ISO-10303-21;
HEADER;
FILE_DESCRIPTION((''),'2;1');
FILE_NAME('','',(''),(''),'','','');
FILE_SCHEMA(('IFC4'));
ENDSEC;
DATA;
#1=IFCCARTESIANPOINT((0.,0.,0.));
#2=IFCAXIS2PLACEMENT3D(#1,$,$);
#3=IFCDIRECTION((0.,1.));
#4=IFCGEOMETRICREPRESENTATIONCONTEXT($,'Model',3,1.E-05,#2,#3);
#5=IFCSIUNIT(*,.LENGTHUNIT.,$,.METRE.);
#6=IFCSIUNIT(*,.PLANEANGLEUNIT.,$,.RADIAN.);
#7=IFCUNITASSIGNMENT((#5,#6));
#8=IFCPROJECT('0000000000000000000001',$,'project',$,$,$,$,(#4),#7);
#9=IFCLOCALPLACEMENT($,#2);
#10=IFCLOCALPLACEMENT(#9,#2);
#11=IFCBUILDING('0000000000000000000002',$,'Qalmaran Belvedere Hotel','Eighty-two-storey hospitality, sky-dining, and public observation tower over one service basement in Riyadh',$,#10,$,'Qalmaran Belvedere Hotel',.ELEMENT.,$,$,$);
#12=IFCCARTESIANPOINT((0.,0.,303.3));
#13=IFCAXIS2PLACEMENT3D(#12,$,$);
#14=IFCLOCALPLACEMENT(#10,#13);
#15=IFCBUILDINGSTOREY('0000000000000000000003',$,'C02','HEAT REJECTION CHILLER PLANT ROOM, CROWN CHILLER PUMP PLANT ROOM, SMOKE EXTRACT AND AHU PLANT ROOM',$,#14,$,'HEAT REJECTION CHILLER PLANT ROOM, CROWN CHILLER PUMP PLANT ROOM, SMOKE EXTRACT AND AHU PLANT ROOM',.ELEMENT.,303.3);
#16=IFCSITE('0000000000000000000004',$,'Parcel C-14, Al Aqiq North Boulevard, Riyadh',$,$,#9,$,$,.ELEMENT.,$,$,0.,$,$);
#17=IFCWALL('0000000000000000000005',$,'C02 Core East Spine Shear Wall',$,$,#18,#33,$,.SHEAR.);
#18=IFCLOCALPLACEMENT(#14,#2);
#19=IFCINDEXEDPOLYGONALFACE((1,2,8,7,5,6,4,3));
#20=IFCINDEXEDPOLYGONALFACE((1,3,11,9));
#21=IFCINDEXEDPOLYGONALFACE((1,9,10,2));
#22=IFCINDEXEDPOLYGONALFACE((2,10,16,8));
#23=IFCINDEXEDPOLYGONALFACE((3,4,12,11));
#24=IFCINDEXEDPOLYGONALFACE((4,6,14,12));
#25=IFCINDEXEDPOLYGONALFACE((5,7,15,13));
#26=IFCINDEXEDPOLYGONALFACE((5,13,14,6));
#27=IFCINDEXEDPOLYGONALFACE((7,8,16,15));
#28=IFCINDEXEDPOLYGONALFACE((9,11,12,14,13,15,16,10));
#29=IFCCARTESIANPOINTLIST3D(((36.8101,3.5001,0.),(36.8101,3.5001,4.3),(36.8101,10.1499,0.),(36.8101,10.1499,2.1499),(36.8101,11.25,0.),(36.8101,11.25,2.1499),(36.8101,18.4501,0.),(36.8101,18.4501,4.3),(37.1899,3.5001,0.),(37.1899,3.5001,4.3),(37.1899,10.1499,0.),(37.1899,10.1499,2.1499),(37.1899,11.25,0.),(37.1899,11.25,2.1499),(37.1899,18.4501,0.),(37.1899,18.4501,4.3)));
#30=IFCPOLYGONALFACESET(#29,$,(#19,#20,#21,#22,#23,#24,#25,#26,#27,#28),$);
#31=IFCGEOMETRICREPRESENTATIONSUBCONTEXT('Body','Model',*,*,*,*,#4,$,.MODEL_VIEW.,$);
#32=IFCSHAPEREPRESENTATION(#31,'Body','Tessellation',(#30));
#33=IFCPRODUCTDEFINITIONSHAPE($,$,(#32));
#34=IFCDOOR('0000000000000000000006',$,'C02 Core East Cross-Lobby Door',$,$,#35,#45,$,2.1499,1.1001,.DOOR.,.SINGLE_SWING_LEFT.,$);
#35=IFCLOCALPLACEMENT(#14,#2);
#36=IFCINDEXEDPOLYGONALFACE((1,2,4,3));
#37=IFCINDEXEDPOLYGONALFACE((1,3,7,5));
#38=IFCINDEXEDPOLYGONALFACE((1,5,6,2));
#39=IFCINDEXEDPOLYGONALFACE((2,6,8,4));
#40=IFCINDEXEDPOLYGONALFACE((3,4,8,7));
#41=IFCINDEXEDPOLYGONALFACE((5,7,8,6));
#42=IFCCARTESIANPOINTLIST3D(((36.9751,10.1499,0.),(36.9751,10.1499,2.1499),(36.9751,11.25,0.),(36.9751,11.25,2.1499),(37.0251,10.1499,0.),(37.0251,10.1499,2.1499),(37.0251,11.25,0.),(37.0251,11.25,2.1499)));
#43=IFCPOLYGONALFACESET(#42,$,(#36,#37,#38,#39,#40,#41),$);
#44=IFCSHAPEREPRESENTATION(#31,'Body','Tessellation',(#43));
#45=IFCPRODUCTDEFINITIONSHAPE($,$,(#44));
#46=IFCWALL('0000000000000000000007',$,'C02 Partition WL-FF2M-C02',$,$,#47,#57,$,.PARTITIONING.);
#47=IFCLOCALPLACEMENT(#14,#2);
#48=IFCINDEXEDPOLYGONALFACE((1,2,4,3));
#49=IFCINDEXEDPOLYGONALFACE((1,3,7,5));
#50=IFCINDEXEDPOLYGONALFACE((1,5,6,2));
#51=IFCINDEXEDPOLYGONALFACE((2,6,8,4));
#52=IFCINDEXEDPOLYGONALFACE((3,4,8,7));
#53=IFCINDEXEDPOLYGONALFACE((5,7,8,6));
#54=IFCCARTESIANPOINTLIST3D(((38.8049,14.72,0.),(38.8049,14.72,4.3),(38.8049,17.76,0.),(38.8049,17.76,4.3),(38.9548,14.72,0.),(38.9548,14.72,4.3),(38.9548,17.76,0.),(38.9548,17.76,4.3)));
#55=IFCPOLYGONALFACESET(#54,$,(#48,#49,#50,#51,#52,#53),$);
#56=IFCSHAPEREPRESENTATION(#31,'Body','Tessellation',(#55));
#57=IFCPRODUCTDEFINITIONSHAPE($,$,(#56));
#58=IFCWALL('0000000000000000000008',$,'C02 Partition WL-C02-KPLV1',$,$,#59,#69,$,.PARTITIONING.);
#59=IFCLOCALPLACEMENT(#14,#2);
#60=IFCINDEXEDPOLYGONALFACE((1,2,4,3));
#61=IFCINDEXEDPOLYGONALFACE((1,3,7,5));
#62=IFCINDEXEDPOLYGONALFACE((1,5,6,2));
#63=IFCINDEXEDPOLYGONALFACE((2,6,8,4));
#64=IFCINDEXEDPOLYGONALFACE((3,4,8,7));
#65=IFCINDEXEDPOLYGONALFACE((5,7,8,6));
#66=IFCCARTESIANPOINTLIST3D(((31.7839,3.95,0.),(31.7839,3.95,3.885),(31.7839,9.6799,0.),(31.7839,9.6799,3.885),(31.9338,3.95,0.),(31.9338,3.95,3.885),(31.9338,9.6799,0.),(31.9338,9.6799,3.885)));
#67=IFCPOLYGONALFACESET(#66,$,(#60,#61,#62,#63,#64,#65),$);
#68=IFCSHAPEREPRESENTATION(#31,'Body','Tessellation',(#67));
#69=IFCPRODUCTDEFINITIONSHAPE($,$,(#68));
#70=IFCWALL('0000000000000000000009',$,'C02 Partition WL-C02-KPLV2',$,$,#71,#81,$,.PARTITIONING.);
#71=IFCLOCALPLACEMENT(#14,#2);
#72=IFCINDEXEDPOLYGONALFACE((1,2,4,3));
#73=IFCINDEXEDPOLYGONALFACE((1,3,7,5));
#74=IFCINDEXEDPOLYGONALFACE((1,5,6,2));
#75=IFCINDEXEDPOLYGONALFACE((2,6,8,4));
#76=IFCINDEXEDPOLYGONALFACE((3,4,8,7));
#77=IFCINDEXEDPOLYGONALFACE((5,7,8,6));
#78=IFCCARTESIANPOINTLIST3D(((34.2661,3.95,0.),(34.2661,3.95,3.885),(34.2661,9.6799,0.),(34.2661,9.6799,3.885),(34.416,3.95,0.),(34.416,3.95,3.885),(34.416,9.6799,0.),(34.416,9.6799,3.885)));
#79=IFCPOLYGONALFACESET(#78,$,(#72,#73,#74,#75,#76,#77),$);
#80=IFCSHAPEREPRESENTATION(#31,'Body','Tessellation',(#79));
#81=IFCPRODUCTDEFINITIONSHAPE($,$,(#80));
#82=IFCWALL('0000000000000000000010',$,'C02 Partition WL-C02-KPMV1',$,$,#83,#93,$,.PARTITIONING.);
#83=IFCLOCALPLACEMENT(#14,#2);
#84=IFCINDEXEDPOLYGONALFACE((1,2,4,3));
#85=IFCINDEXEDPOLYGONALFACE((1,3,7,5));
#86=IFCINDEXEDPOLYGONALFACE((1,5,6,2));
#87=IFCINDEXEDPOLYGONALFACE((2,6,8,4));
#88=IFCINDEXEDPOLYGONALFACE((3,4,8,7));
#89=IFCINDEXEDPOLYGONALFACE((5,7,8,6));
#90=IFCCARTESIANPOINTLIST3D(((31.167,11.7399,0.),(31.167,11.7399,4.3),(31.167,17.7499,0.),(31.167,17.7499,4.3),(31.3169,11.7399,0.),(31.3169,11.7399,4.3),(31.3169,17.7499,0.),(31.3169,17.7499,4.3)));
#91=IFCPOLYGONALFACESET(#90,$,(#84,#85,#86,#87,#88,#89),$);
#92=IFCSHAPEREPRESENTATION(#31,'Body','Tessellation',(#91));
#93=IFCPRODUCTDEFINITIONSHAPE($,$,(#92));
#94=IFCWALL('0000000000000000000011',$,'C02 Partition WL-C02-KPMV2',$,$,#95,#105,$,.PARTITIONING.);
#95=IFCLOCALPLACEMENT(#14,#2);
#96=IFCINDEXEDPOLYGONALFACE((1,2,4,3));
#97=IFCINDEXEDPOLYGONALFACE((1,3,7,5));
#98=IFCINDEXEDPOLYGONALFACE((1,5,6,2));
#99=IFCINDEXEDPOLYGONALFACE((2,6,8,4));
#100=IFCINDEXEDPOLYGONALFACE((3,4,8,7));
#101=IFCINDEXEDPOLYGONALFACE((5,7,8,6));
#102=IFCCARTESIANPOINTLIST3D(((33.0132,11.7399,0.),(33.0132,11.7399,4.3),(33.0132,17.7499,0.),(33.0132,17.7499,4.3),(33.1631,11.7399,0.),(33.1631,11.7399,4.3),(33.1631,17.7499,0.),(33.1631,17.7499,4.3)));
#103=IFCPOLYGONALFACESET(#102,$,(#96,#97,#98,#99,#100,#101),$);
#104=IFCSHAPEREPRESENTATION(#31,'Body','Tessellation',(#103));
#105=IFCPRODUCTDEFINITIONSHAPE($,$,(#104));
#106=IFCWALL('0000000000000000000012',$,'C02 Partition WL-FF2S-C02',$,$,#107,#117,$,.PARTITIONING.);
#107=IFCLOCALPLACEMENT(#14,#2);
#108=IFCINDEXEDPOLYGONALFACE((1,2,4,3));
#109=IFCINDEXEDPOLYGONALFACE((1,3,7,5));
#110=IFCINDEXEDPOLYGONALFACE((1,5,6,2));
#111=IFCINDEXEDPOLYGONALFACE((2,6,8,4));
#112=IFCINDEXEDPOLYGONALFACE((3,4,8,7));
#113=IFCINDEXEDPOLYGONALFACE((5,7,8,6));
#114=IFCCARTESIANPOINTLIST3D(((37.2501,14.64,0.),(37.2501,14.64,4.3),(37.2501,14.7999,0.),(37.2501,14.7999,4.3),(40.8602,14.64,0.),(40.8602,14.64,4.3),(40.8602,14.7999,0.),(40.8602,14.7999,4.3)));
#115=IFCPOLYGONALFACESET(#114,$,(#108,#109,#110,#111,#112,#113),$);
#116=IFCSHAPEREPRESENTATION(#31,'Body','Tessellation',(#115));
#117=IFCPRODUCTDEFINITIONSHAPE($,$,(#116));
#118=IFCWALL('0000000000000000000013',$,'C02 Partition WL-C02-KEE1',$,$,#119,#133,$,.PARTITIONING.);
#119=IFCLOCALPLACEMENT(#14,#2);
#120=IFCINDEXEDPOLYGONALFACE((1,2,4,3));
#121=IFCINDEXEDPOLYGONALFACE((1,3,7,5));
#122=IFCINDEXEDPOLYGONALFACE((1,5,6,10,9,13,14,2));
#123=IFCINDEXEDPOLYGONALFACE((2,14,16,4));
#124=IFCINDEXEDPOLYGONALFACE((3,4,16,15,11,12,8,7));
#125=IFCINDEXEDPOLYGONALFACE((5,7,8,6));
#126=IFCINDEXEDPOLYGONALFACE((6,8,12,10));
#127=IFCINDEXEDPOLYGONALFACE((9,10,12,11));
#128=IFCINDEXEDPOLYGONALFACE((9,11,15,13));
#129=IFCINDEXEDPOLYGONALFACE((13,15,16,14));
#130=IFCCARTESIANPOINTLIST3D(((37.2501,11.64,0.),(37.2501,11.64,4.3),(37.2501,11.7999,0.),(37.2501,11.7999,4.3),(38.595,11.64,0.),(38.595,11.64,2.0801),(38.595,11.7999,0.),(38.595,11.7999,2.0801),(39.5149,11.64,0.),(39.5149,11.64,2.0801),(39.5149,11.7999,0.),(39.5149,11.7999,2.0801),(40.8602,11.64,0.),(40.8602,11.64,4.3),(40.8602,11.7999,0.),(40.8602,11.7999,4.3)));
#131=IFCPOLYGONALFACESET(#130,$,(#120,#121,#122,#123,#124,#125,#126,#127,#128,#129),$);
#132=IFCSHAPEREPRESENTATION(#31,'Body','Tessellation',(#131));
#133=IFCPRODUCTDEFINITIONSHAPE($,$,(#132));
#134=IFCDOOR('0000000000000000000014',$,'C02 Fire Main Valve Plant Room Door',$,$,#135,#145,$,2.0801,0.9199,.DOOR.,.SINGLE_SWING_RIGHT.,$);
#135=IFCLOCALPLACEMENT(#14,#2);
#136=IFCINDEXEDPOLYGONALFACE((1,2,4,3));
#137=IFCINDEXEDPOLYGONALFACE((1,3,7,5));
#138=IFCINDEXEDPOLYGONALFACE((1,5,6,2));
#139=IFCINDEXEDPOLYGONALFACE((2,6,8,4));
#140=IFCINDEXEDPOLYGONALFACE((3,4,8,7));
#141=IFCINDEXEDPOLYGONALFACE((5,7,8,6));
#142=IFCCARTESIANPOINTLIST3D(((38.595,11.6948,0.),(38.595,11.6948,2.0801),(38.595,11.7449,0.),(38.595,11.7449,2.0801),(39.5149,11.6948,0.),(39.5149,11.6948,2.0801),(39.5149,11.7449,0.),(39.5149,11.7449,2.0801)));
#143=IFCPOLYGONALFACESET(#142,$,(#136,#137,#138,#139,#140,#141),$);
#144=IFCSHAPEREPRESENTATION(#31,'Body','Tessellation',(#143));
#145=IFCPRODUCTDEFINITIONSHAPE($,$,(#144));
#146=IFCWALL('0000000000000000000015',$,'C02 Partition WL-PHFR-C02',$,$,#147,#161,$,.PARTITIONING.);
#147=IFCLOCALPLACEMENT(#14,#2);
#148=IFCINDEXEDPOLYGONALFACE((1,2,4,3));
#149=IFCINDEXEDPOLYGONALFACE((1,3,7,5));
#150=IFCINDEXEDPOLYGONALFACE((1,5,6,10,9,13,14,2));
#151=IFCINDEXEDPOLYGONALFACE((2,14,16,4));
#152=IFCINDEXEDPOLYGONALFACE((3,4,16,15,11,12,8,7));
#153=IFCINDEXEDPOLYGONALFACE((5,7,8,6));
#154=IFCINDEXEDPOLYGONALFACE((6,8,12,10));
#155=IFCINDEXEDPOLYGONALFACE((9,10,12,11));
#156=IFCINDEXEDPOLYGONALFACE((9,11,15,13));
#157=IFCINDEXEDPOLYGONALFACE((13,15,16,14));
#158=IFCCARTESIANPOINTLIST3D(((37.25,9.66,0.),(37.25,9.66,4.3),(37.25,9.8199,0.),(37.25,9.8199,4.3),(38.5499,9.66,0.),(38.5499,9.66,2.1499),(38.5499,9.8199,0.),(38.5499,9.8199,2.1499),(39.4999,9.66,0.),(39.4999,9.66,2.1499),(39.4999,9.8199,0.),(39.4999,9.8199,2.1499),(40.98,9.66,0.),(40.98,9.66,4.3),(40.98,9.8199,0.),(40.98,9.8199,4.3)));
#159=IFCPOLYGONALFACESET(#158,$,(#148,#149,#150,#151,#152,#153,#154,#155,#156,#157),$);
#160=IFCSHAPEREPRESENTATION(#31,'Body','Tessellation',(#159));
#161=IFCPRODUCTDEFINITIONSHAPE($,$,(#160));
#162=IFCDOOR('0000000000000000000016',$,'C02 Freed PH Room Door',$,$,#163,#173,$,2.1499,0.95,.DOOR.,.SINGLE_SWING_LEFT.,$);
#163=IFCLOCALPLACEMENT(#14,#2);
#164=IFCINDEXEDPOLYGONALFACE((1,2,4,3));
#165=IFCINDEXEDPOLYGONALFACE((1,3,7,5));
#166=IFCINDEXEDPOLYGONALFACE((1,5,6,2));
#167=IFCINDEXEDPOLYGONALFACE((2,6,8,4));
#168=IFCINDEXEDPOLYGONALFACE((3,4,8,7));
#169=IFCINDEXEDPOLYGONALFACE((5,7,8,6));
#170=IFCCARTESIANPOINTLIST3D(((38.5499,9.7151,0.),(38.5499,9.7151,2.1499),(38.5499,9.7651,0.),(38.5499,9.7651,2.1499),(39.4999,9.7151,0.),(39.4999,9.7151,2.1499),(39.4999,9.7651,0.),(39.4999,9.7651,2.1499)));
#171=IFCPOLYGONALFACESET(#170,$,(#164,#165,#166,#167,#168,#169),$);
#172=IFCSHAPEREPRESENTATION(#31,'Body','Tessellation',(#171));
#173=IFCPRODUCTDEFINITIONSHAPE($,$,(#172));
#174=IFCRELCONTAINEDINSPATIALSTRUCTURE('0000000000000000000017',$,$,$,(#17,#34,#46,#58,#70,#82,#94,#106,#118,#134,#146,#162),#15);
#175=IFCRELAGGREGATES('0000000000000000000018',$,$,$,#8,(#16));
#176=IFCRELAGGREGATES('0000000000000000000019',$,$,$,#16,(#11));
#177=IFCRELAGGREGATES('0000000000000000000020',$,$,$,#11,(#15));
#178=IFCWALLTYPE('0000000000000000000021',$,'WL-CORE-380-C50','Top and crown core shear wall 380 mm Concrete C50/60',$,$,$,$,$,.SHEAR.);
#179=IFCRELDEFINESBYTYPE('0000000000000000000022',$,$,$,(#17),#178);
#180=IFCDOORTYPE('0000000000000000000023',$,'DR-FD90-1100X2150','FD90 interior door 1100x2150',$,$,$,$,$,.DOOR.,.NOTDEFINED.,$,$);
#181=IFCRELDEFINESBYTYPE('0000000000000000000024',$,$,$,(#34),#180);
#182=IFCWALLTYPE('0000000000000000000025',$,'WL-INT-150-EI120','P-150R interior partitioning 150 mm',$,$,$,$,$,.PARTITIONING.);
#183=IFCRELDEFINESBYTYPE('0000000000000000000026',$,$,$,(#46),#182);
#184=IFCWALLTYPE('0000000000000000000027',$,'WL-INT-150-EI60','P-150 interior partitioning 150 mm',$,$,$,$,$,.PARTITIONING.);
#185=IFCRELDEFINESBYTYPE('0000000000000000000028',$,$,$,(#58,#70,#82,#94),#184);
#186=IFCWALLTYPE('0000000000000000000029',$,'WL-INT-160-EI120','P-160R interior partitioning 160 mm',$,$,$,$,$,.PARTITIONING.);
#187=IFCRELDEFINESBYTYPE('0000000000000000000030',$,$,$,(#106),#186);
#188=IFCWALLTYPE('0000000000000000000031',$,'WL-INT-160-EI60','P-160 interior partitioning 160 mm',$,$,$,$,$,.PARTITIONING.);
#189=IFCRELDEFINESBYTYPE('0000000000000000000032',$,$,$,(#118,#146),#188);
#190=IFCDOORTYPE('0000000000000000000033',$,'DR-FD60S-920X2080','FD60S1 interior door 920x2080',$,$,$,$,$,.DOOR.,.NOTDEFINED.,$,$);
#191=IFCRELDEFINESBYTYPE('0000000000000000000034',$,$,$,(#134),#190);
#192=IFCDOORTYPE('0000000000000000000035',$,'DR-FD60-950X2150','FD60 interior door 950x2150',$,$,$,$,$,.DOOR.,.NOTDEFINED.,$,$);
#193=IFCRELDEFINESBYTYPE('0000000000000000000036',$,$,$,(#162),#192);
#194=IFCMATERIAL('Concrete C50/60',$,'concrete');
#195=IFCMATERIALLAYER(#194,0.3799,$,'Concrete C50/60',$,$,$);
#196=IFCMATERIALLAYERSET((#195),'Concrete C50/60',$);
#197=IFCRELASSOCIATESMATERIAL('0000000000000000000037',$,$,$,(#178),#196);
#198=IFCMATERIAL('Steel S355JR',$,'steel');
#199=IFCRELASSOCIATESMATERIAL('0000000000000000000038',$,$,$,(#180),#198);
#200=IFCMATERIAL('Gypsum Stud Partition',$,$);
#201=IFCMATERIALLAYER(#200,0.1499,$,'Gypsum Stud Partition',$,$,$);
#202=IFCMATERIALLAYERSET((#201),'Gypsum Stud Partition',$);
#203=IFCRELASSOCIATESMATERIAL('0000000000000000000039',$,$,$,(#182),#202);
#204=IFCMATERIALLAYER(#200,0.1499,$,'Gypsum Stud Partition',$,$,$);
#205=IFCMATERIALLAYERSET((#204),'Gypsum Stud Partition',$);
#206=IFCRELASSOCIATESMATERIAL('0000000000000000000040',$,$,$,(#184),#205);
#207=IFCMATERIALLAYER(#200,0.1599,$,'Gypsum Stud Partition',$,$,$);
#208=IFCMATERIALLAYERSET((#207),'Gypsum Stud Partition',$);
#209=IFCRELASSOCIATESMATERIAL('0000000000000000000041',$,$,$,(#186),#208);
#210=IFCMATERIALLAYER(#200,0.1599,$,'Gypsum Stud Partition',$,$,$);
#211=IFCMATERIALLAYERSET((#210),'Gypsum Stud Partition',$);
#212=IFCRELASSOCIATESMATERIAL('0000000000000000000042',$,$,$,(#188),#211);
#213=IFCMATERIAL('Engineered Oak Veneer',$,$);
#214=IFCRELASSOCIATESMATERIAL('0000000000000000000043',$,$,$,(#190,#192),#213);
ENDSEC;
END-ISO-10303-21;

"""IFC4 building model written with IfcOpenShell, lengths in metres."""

from ifc_helpers import new_model, si_unit, direction, frame, frame_2d, origin, place, context, subcontext, project, spatial, rectangle, extrude, material, layer, layer_set, type_object, element, fill, save


model = new_model("IFC4")

# Units and contexts
model_context = context("Model", 3, precision=1e-05, world=origin(), true_north=direction((0.0, 1.0)))
body_context = subcontext(model_context, "Body", "Model", "MODEL_VIEW")
ifc_project = project(units=[si_unit("LENGTHUNIT", "METRE"), si_unit("PLANEANGLEUNIT", "RADIAN")], contexts=[model_context])

# Site, building, storey
site_placement = place(None, origin())
site = spatial("IfcSite", under=ifc_project, at=site_placement, Name="Parcel C-14, Al Aqiq North Boulevard, Riyadh", CompositionType="ELEMENT", RefElevation=0.0)
building_placement = place(site_placement, origin())
building = spatial("IfcBuilding", under=site, at=building_placement, Name="Qalmaran Belvedere Hotel", Description="Eighty-two-storey hospitality, sky-dining, and public observation tower over one service basement in Riyadh", LongName="Qalmaran Belvedere Hotel", CompositionType="ELEMENT")
storey_placement = place(building_placement, frame((0.0, 0.0, 303.3)))
storey = spatial("IfcBuildingStorey", under=building, at=storey_placement, Name="C02", Description="HEAT REJECTION CHILLER PLANT ROOM, CROWN CHILLER PUMP PLANT ROOM, SMOKE EXTRACT AND AHU PLANT ROOM", LongName="HEAT REJECTION CHILLER PLANT ROOM, CROWN CHILLER PUMP PLANT ROOM, SMOKE EXTRACT AND AHU PLANT ROOM", CompositionType="ELEMENT", Elevation=303.3)

# Wall, opening, door
ifc_material_1 = material(Name="Concrete C50/60", Category="concrete")
ifc_layer_1 = layer(ifc_material_1, 0.3799, Name="Concrete C50/60")
ifc_layer_set_1 = layer_set([ifc_layer_1], Name="Concrete C50/60")
wall_type_1 = type_object("IfcWallType", Name="WL-CORE-380-C50", Description="Top and crown core shear wall 380 mm Concrete C50/60", PredefinedType="SHEAR", material=ifc_layer_set_1)
wall_1_placement = place(storey_placement, frame((37.0, 3.5, 0.0), z_axis=(0.0, 0.0, 1.0), x_axis=(0.0, 1.0, 0.0)))
wall_1 = element("IfcWall", 1, at=wall_1_placement, inside=storey, type_object=wall_type_1, Name="C02 Core East Spine Shear Wall", PredefinedType="SHEAR", context=body_context, shape_type="SweptSolid", body=[
    extrude(rectangle(XDim=14.95, YDim=0.3799, at=frame_2d((7.4751, 0.0))), origin(), (0.0, 0.0, 1.0), 4.3),
])
opening_1_placement = place(wall_1_placement, frame((6.6499, 0.0, 0.0)))
opening_1 = element("IfcOpeningElement", 2, at=opening_1_placement, cuts=wall_1, PredefinedType="OPENING", context=body_context, shape_type="SweptSolid", body=[
    extrude(rectangle(XDim=1.1001, YDim=2.1499, at=frame_2d((0.55, 1.075))), frame((0.0, 0.2, 0.0), z_axis=(0.0, -1.0, 0.0), x_axis=(1.0, 0.0, 0.0)), (0.0, 0.0, 1.0), 0.3999),
])
ifc_material_2 = material(Name="Steel S355JR", Category="steel")
door_type_1 = type_object("IfcDoorType", Name="DR-FD90-1100X2150", Description="FD90 interior door 1100x2150", OperationType="NOTDEFINED", PredefinedType="DOOR", material=ifc_material_2)
door_1_placement = place(opening_1_placement, origin())
door_1 = element("IfcDoor", 3, at=door_1_placement, inside=storey, type_object=door_type_1, Name="C02 Core East Cross-Lobby Door", OperationType="SINGLE_SWING_LEFT", OverallHeight=2.1499, OverallWidth=1.1001, PredefinedType="DOOR", context=body_context, shape_type="SweptSolid", body=[
    extrude(rectangle(XDim=1.1001, YDim=2.1499, at=frame_2d((0.55, 1.075))), frame((0.0, 0.0249, 0.0), z_axis=(0.0, -1.0, 0.0), x_axis=(1.0, 0.0, 0.0)), (0.0, 0.0, 1.0), 0.05),
])
fill(opening_1, door_1)

# Walls
ifc_material_3 = material(Name="Gypsum Stud Partition")
ifc_layer_2 = layer(ifc_material_3, 0.1499, Name="Gypsum Stud Partition")
ifc_layer_set_2 = layer_set([ifc_layer_2], Name="Gypsum Stud Partition")
wall_type_2 = type_object("IfcWallType", Name="WL-INT-150-EI120", Description="P-150R interior partitioning 150 mm", PredefinedType="PARTITIONING", material=ifc_layer_set_2)
wall_2_placement = place(storey_placement, frame((38.8799, 14.72, 0.0), z_axis=(0.0, 0.0, 1.0), x_axis=(0.0, 1.0, 0.0)))
element("IfcWall", 4, at=wall_2_placement, inside=storey, type_object=wall_type_2, Name="C02 Partition WL-FF2M-C02", PredefinedType="PARTITIONING", context=body_context, shape_type="SweptSolid", body=[
    extrude(rectangle(XDim=3.04, YDim=0.1499, at=frame_2d((1.52, 0.0))), origin(), (0.0, 0.0, 1.0), 4.3),
])
ifc_layer_3 = layer(ifc_material_3, 0.1499, Name="Gypsum Stud Partition")
ifc_layer_set_3 = layer_set([ifc_layer_3], Name="Gypsum Stud Partition")
wall_type_3 = type_object("IfcWallType", Name="WL-INT-150-EI60", Description="P-150 interior partitioning 150 mm", PredefinedType="PARTITIONING", material=ifc_layer_set_3)
for number, where, z_axis, x_axis, name in (
    (5, (31.8589, 3.95, 0.0), (0.0, 0.0, 1.0), (0.0, 1.0, 0.0), "C02 Partition WL-C02-KPLV1"),
    (6, (34.3411, 3.95, 0.0), (0.0, 0.0, 1.0), (0.0, 1.0, 0.0), "C02 Partition WL-C02-KPLV2"),
):
    element("IfcWall", number, at=place(storey_placement, frame(where, z_axis=z_axis, x_axis=x_axis)), inside=storey, type_object=wall_type_3, Name=name, PredefinedType="PARTITIONING", context=body_context, shape_type="SweptSolid", body=[
        extrude(rectangle(XDim=5.73, YDim=0.1499, at=frame_2d((2.865, 0.0))), origin(), (0.0, 0.0, 1.0), 3.885),
    ])
for number, where, z_axis, x_axis, name in (
    (7, (31.2419, 11.74, 0.0), (0.0, 0.0, 1.0), (0.0, 1.0, 0.0), "C02 Partition WL-C02-KPMV1"),
    (8, (33.0881, 11.74, 0.0), (0.0, 0.0, 1.0), (0.0, 1.0, 0.0), "C02 Partition WL-C02-KPMV2"),
):
    element("IfcWall", number, at=place(storey_placement, frame(where, z_axis=z_axis, x_axis=x_axis)), inside=storey, type_object=wall_type_3, Name=name, PredefinedType="PARTITIONING", context=body_context, shape_type="SweptSolid", body=[
        extrude(rectangle(XDim=6.01, YDim=0.1499, at=frame_2d((3.0049, 0.0))), origin(), (0.0, 0.0, 1.0), 4.3),
    ])
ifc_layer_4 = layer(ifc_material_3, 0.1599, Name="Gypsum Stud Partition")
ifc_layer_set_4 = layer_set([ifc_layer_4], Name="Gypsum Stud Partition")
wall_type_4 = type_object("IfcWallType", Name="WL-INT-160-EI120", Description="P-160R interior partitioning 160 mm", PredefinedType="PARTITIONING", material=ifc_layer_set_4)
wall_3_placement = place(storey_placement, frame((37.25, 14.72, 0.0), z_axis=(0.0, 0.0, 1.0), x_axis=(1.0, 0.0, 0.0)))
element("IfcWall", 9, at=wall_3_placement, inside=storey, type_object=wall_type_4, Name="C02 Partition WL-FF2S-C02", PredefinedType="PARTITIONING", context=body_context, shape_type="SweptSolid", body=[
    extrude(rectangle(XDim=3.6101, YDim=0.1599, at=frame_2d((1.8052, 0.0))), origin(), (0.0, 0.0, 1.0), 4.3),
])

# Walls, openings, doors
ifc_layer_5 = layer(ifc_material_3, 0.1599, Name="Gypsum Stud Partition")
ifc_layer_set_5 = layer_set([ifc_layer_5], Name="Gypsum Stud Partition")
wall_type_5 = type_object("IfcWallType", Name="WL-INT-160-EI60", Description="P-160 interior partitioning 160 mm", PredefinedType="PARTITIONING", material=ifc_layer_set_5)
wall_4_placement = place(storey_placement, frame((37.25, 11.72, 0.0), z_axis=(0.0, 0.0, 1.0), x_axis=(1.0, 0.0, 0.0)))
wall_4 = element("IfcWall", 10, at=wall_4_placement, inside=storey, type_object=wall_type_5, Name="C02 Partition WL-C02-KEE1", PredefinedType="PARTITIONING", context=body_context, shape_type="SweptSolid", body=[
    extrude(rectangle(XDim=3.6101, YDim=0.1599, at=frame_2d((1.8052, 0.0))), origin(), (0.0, 0.0, 1.0), 4.3),
])
opening_2_placement = place(wall_4_placement, frame((1.345, 0.0, 0.0)))
opening_2 = element("IfcOpeningElement", 11, at=opening_2_placement, cuts=wall_4, PredefinedType="OPENING", context=body_context, shape_type="SweptSolid", body=[
    extrude(rectangle(XDim=0.9199, YDim=2.0801, at=frame_2d((0.46, 1.04))), frame((0.0, 0.0898, 0.0), z_axis=(0.0, -1.0, 0.0), x_axis=(1.0, 0.0, 0.0)), (0.0, 0.0, 1.0), 0.1799),
])
ifc_material_4 = material(Name="Engineered Oak Veneer")
door_type_2 = type_object("IfcDoorType", Name="DR-FD60S-920X2080", Description="FD60S1 interior door 920x2080", OperationType="NOTDEFINED", PredefinedType="DOOR", material=ifc_material_4)
door_2_placement = place(opening_2_placement, origin())
door_2 = element("IfcDoor", 12, at=door_2_placement, inside=storey, type_object=door_type_2, Name="C02 Fire Main Valve Plant Room Door", OperationType="SINGLE_SWING_RIGHT", OverallHeight=2.0801, OverallWidth=0.9199, PredefinedType="DOOR", context=body_context, shape_type="SweptSolid", body=[
    extrude(rectangle(XDim=0.9199, YDim=2.0801, at=frame_2d((0.46, 1.04))), frame((0.0, 0.0249, 0.0), z_axis=(0.0, -1.0, 0.0), x_axis=(1.0, 0.0, 0.0)), (0.0, 0.0, 1.0), 0.05),
])
fill(opening_2, door_2)
wall_5_placement = place(storey_placement, frame((37.25, 9.74, 0.0), z_axis=(0.0, 0.0, 1.0), x_axis=(1.0, 0.0, 0.0)))
wall_5 = element("IfcWall", 13, at=wall_5_placement, inside=storey, type_object=wall_type_5, Name="C02 Partition WL-PHFR-C02", PredefinedType="PARTITIONING", context=body_context, shape_type="SweptSolid", body=[
    extrude(rectangle(XDim=3.73, YDim=0.1599, at=frame_2d((1.865, 0.0))), origin(), (0.0, 0.0, 1.0), 4.3),
])
opening_3_placement = place(wall_5_placement, frame((2.25, 0.0, 0.0), z_axis=(0.0, 0.0, 1.0), x_axis=(-1.0, 0.0, 0.0)))
opening_3 = element("IfcOpeningElement", 14, at=opening_3_placement, cuts=wall_5, PredefinedType="OPENING", context=body_context, shape_type="SweptSolid", body=[
    extrude(rectangle(XDim=0.95, YDim=2.1499, at=frame_2d((0.4751, 1.075))), frame((0.0, 0.0898, 0.0), z_axis=(0.0, -1.0, 0.0), x_axis=(1.0, 0.0, 0.0)), (0.0, 0.0, 1.0), 0.1799),
])
door_type_3 = type_object("IfcDoorType", Name="DR-FD60-950X2150", Description="FD60 interior door 950x2150", OperationType="NOTDEFINED", PredefinedType="DOOR", material=ifc_material_4)
door_3_placement = place(opening_3_placement, origin())
door_3 = element("IfcDoor", 15, at=door_3_placement, inside=storey, type_object=door_type_3, Name="C02 Freed PH Room Door", OperationType="SINGLE_SWING_LEFT", OverallHeight=2.1499, OverallWidth=0.95, PredefinedType="DOOR", context=body_context, shape_type="SweptSolid", body=[
    extrude(rectangle(XDim=0.95, YDim=2.1499, at=frame_2d((0.4751, 1.075))), frame((0.0, 0.0249, 0.0), z_axis=(0.0, -1.0, 0.0), x_axis=(1.0, 0.0, 0.0)), (0.0, 0.0, 1.0), 0.05),
])
fill(opening_3, door_3)

save(model, "model.ifc")
